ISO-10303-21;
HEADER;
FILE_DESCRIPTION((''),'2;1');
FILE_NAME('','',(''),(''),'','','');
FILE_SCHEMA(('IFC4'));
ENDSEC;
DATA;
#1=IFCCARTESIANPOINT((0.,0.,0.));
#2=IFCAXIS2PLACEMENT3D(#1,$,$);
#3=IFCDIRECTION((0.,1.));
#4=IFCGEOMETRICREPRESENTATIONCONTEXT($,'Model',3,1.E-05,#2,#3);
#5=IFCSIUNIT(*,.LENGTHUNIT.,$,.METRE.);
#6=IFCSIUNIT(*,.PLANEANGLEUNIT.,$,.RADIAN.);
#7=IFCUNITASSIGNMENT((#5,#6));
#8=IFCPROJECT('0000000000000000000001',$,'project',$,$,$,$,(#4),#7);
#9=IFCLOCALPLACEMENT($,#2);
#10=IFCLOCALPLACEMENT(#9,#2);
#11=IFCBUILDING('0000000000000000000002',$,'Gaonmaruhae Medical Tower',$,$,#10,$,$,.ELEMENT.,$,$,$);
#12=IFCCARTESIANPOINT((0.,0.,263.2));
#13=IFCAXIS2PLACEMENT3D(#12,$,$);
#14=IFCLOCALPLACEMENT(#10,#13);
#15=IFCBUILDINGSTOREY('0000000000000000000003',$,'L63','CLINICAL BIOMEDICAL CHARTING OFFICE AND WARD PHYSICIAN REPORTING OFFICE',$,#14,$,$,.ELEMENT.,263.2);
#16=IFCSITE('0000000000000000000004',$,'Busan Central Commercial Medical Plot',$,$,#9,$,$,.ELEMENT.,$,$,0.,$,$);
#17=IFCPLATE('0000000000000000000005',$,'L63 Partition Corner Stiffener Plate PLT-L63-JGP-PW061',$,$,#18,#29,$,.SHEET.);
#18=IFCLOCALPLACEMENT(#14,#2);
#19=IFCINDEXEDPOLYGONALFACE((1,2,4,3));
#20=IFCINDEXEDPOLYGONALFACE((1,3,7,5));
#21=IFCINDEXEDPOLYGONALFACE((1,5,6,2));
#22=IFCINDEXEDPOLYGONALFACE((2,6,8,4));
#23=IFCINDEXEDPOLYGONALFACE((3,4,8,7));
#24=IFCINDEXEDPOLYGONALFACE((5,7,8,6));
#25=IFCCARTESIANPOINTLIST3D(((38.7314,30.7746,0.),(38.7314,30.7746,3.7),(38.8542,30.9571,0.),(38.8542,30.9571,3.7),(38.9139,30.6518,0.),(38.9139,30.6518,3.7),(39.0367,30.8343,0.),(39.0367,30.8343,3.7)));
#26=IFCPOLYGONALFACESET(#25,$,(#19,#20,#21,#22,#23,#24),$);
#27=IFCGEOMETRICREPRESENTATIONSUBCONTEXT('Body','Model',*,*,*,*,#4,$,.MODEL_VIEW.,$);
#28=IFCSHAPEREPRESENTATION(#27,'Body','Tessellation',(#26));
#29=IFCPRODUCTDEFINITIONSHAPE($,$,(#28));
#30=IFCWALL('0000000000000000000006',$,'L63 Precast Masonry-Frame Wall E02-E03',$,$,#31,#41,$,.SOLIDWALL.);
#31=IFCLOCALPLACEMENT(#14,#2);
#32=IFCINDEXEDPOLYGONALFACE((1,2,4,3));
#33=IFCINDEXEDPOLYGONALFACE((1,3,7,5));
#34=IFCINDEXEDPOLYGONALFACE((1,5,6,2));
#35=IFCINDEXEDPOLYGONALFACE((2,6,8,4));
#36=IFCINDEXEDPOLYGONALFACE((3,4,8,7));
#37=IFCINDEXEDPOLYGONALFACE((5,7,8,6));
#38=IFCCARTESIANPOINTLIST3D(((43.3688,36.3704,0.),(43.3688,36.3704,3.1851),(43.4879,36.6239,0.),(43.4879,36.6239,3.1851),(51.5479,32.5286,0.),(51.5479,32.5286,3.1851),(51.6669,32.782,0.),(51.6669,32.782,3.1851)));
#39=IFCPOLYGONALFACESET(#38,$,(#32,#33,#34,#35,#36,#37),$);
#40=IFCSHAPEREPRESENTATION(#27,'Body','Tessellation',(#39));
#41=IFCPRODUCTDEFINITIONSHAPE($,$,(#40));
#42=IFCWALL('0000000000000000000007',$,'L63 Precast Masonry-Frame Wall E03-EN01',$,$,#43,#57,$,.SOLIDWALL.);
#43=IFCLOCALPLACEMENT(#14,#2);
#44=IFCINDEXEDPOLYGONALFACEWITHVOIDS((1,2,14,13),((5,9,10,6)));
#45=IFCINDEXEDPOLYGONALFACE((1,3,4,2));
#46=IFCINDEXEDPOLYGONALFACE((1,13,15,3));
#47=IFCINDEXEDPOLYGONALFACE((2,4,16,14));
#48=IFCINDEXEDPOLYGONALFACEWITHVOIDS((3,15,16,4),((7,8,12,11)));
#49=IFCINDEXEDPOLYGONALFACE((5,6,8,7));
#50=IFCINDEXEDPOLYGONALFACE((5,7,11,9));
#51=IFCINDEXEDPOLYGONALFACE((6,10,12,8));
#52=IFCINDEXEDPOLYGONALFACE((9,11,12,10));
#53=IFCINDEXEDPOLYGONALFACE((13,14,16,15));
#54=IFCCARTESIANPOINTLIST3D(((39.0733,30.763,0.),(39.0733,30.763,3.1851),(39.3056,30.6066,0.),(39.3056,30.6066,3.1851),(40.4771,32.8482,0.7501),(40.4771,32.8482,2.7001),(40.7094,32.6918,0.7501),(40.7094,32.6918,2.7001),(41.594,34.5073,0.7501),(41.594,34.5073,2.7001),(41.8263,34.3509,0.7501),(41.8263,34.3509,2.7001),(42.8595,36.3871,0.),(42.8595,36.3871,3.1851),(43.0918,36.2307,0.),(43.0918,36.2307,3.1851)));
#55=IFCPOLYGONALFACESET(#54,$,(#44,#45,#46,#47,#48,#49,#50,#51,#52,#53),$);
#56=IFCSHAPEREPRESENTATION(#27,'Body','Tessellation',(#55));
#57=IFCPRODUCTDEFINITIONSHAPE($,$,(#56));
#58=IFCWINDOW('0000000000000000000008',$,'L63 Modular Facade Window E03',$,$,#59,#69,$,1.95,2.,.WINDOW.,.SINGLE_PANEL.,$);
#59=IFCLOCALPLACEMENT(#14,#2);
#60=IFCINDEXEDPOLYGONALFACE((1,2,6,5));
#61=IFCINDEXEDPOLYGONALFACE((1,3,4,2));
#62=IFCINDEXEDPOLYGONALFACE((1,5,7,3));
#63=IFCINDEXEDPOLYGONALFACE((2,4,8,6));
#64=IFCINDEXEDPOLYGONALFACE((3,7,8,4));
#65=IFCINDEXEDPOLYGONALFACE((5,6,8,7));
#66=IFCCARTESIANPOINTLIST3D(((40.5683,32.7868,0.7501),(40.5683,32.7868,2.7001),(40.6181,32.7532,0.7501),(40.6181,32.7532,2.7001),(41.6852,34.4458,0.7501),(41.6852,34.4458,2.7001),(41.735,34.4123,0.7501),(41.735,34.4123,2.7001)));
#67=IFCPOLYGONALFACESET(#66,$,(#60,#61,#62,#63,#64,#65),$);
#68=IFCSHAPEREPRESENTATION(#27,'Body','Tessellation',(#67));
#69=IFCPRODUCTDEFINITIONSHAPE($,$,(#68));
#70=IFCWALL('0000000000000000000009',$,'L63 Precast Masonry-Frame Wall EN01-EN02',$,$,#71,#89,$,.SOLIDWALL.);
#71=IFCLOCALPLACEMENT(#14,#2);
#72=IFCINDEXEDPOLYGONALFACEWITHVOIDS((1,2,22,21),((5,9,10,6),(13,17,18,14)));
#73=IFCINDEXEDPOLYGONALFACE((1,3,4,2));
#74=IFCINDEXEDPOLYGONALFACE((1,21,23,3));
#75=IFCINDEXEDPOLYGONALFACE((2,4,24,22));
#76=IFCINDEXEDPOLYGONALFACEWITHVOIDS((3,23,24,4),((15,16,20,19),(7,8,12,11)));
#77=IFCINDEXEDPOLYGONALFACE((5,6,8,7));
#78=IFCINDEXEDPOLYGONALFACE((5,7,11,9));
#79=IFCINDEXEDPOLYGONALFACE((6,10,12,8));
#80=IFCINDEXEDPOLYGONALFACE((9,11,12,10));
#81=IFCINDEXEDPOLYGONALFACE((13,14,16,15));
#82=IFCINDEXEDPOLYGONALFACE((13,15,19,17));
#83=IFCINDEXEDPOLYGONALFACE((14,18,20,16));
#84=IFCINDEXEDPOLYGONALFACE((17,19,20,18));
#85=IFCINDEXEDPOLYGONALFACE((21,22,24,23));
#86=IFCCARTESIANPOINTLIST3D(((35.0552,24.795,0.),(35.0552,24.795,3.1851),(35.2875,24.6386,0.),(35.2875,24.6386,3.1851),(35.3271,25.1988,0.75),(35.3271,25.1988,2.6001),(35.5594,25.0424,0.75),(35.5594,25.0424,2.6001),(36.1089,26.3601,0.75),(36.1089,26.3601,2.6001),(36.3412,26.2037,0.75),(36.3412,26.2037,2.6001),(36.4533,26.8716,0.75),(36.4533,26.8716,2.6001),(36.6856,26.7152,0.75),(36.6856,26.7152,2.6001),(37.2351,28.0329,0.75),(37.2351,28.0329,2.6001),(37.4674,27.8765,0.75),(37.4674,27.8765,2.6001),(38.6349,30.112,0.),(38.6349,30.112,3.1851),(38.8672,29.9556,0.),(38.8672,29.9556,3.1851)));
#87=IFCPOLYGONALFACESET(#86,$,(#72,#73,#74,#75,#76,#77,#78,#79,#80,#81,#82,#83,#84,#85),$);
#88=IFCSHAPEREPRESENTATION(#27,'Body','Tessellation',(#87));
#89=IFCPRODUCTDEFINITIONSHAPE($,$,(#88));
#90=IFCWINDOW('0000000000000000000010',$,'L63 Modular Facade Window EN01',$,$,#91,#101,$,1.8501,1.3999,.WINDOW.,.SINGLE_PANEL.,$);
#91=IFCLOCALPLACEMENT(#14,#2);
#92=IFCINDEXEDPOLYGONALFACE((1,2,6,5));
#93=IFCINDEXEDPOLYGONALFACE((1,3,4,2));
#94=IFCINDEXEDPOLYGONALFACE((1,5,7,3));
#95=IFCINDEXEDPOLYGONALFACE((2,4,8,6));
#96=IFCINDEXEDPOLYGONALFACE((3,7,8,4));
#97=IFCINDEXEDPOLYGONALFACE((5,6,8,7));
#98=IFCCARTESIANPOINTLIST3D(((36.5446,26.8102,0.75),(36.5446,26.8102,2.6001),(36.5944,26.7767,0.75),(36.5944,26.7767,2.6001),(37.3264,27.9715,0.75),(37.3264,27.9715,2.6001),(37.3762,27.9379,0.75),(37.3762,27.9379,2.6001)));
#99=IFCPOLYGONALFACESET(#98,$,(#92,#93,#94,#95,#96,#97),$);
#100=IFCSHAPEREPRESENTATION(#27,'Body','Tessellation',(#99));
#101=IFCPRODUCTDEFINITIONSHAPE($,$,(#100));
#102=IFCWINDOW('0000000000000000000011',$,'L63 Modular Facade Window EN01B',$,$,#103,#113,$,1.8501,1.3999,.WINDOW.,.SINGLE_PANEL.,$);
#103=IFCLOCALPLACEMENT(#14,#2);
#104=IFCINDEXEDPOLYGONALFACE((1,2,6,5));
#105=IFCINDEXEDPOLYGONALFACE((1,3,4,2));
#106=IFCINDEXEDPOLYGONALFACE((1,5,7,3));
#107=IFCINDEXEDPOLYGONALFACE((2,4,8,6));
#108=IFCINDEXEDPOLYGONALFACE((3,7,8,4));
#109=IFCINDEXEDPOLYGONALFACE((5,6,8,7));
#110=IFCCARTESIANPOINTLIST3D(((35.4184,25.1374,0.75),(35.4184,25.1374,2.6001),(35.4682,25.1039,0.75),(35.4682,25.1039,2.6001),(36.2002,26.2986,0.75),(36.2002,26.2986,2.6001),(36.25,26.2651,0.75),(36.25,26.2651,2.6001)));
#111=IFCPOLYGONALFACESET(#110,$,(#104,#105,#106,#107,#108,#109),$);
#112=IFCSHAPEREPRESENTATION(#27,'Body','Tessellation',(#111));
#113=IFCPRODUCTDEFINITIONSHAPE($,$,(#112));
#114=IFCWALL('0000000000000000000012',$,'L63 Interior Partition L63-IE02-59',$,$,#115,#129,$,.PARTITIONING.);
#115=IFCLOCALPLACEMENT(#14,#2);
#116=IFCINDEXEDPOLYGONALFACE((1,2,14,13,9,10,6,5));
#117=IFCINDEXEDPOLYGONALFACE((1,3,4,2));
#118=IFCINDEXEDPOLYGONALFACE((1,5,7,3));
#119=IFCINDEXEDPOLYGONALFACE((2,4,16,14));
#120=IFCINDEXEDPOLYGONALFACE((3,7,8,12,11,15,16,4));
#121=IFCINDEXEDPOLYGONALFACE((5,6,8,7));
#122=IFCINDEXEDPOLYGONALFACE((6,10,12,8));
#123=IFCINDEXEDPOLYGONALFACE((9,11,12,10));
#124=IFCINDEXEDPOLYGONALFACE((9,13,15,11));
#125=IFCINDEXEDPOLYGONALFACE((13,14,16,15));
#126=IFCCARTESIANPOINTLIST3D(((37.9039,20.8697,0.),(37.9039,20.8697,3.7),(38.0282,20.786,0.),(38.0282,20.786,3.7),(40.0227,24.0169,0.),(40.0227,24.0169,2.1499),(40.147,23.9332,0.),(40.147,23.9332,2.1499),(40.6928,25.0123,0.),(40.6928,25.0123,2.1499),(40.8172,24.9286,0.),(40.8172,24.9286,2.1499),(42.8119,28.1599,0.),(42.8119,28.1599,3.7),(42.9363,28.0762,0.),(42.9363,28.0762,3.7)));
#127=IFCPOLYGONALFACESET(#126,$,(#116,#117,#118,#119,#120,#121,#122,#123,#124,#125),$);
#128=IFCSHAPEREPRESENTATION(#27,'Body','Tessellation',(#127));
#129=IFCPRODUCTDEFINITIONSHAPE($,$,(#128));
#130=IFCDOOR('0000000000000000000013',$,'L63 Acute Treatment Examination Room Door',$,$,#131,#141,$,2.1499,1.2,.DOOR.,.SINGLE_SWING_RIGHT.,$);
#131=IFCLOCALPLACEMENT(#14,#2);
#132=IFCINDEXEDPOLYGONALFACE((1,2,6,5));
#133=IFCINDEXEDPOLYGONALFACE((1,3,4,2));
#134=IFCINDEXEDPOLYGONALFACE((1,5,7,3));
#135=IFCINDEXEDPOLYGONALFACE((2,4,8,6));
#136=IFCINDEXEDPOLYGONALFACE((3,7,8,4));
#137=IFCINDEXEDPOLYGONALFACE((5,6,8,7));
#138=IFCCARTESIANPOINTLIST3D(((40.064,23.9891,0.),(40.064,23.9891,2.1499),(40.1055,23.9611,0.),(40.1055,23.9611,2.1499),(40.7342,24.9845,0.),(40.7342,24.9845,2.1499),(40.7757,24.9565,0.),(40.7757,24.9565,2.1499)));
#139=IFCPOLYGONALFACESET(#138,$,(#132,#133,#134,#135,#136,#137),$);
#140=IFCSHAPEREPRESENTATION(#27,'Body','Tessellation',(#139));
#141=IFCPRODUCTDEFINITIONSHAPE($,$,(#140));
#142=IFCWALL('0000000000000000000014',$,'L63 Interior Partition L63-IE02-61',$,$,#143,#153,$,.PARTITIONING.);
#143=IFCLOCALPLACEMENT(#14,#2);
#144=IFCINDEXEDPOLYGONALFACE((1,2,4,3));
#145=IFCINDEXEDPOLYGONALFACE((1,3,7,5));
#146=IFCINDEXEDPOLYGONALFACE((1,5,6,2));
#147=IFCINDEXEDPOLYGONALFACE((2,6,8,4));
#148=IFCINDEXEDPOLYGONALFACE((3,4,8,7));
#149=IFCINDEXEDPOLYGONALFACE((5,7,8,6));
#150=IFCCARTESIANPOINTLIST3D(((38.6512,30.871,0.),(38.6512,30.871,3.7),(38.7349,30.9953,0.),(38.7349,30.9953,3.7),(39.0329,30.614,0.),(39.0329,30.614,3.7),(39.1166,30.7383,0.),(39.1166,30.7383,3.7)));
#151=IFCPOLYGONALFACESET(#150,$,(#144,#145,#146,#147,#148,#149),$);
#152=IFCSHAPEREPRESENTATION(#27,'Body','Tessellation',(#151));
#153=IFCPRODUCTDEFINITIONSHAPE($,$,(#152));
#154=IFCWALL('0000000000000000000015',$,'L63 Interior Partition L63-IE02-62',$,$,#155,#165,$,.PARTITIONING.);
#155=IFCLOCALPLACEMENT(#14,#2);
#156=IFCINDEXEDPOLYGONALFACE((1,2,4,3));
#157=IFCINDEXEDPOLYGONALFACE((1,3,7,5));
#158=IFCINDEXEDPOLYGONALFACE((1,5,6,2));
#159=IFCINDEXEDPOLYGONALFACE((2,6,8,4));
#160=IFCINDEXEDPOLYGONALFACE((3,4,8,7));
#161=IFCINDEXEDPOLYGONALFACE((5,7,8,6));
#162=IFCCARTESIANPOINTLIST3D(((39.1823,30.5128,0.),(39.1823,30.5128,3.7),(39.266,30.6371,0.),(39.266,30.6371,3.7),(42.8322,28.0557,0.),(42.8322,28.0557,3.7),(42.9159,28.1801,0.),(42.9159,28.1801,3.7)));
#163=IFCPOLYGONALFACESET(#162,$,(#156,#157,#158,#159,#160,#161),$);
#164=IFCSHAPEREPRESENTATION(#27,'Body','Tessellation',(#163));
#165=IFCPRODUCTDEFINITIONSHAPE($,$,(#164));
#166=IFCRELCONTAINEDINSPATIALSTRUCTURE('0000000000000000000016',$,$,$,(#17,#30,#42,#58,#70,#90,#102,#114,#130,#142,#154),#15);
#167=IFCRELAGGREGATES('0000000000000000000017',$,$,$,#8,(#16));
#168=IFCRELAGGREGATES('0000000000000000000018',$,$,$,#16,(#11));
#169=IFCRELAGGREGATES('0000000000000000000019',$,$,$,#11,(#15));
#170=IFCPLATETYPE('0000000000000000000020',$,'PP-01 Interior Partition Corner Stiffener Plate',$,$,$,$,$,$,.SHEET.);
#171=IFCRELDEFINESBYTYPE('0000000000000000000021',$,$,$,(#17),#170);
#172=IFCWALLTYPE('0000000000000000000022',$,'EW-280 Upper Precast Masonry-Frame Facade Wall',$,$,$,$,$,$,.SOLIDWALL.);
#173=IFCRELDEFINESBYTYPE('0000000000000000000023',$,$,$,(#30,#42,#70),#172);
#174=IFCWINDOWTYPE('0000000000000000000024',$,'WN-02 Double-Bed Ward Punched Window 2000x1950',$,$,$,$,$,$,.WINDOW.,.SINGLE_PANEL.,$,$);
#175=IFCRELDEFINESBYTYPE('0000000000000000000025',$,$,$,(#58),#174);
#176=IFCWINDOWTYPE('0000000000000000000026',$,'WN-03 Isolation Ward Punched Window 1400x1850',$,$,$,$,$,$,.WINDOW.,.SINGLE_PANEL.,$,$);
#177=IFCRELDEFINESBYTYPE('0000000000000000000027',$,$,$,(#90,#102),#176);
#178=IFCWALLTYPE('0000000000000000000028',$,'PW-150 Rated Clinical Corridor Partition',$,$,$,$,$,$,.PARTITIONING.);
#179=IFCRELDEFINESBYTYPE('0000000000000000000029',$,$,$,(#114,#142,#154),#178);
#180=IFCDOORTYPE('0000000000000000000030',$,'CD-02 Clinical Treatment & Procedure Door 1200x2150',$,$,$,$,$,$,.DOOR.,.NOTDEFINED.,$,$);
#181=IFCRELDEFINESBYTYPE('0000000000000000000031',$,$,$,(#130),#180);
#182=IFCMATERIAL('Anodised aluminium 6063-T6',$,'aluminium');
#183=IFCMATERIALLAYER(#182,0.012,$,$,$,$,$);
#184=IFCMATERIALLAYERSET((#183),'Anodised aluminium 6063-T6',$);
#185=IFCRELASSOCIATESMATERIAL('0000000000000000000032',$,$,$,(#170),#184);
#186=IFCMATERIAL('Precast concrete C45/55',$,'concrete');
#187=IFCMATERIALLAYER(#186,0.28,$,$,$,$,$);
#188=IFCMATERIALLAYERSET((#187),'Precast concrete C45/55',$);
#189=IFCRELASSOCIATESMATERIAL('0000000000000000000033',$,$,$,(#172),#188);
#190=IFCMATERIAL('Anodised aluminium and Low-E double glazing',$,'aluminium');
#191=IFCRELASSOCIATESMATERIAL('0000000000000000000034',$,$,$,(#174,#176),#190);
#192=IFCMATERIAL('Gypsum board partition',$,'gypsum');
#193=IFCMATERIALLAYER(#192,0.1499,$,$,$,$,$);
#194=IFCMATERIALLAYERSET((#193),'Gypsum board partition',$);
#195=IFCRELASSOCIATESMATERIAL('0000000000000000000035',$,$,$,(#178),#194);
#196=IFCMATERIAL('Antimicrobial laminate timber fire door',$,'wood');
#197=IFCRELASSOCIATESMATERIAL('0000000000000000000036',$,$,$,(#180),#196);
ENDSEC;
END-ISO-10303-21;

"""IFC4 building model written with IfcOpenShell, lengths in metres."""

from ifc_helpers import new_model, si_unit, direction, frame, frame_2d, origin, origin_2d, place, context, subcontext, project, spatial, rectangle, extrude, material, layer, layer_set, type_object, element, fill, save


model = new_model("IFC4")

# Units and contexts
model_context = context("Model", 3, precision=1e-05, world=origin(), true_north=direction((0.0, 1.0)))
body_context = subcontext(model_context, "Body", "Model", "MODEL_VIEW")
ifc_project = project(units=[si_unit("LENGTHUNIT", "METRE"), si_unit("PLANEANGLEUNIT", "RADIAN")], contexts=[model_context])

# Site, building, storey
site_placement = place(None, origin())
site = spatial("IfcSite", under=ifc_project, at=site_placement, Name="Busan Central Commercial Medical Plot", CompositionType="ELEMENT", RefElevation=0.0)
building_placement = place(site_placement, origin())
building = spatial("IfcBuilding", under=site, at=building_placement, Name="Gaonmaruhae Medical Tower", CompositionType="ELEMENT")
storey_placement = place(building_placement, frame((0.0, 0.0, 263.2)))
storey = spatial("IfcBuildingStorey", under=building, at=storey_placement, Name="L63", Description="CLINICAL BIOMEDICAL CHARTING OFFICE AND WARD PHYSICIAN REPORTING OFFICE", CompositionType="ELEMENT", Elevation=263.2)

# Plate
ifc_material_1 = material(Name="Anodised aluminium 6063-T6", Category="aluminium")
ifc_layer_1 = layer(ifc_material_1, 0.012)
ifc_layer_set_1 = layer_set([ifc_layer_1], Name="Anodised aluminium 6063-T6")
plate_type = type_object("IfcPlateType", Name="PP-01 Interior Partition Corner Stiffener Plate", PredefinedType="SHEET", material=ifc_layer_set_1)
plate_placement = place(storey_placement, frame((38.884, 30.8044, 0.0), z_axis=(0.0, 0.0, 1.0), x_axis=(0.829701, -0.558209, 0.0)))
element("IfcPlate", 1, at=plate_placement, inside=storey, type_object=plate_type, Name="L63 Partition Corner Stiffener Plate PLT-L63-JGP-PW061", PredefinedType="SHEET", context=body_context, shape_type="SweptSolid", body=[
    extrude(rectangle(XDim=0.22, YDim=0.22, at=origin_2d()), origin(), (0.0, 0.0, 1.0), 3.7),
])

# Wall
ifc_material_2 = material(Name="Precast concrete C45/55", Category="concrete")
ifc_layer_2 = layer(ifc_material_2, 0.28)
ifc_layer_set_2 = layer_set([ifc_layer_2], Name="Precast concrete C45/55")
wall_type_1 = type_object("IfcWallType", Name="EW-280 Upper Precast Masonry-Frame Facade Wall", PredefinedType="SOLIDWALL", material=ifc_layer_set_2)
wall_1_placement = place(storey_placement, frame((43.4285, 36.4971, 0.0), z_axis=(0.0, 0.0, 1.0), x_axis=(0.905122, -0.425152, 0.0)))
element("IfcWall", 2, at=wall_1_placement, inside=storey, type_object=wall_type_1, Name="L63 Precast Masonry-Frame Wall E02-E03", PredefinedType="SOLIDWALL", context=body_context, shape_type="SweptSolid", body=[
    extrude(rectangle(XDim=9.0364, YDim=0.28, at=frame_2d((4.5181, 0.0))), origin(), (0.0, 0.0, 1.0), 3.1851),
])

# Wall, opening, window
wall_2_placement = place(storey_placement, frame((39.1895, 30.6848, 0.0), z_axis=(0.0, 0.0, 1.0), x_axis=(0.558451, 0.829538, 0.0)))
wall_2 = element("IfcWall", 3, at=wall_2_placement, inside=storey, type_object=wall_type_1, Name="L63 Precast Masonry-Frame Wall E03-EN01", PredefinedType="SOLIDWALL", context=body_context, shape_type="SweptSolid", body=[
    extrude(rectangle(XDim=6.7798, YDim=0.28, at=frame_2d((3.3899, 0.0))), origin(), (0.0, 0.0, 1.0), 3.1851),
])
opening_1_placement = place(wall_2_placement, frame((2.5137, 0.0, 0.75)))
opening_1 = element("IfcOpeningElement", 4, at=opening_1_placement, cuts=wall_2, PredefinedType="OPENING", context=body_context, shape_type="SweptSolid", body=[
    extrude(rectangle(XDim=2.0, YDim=1.95, at=frame_2d((1.0, 0.9751))), frame((0.0, 0.1499, 0.0), z_axis=(0.0, -1.0, 0.0), x_axis=(1.0, 0.0, 0.0)), (0.0, 0.0, 1.0), 0.3),
])
ifc_material_3 = material(Name="Anodised aluminium and Low-E double glazing", Category="aluminium")
window_type_1 = type_object("IfcWindowType", Name="WN-02 Double-Bed Ward Punched Window 2000x1950", PartitioningType="SINGLE_PANEL", PredefinedType="WINDOW", material=ifc_material_3)
window_1_placement = place(opening_1_placement, origin())
window_1 = element("IfcWindow", 5, at=window_1_placement, inside=storey, type_object=window_type_1, Name="L63 Modular Facade Window E03", OverallHeight=1.95, OverallWidth=2.0, PartitioningType="SINGLE_PANEL", PredefinedType="WINDOW", context=body_context, shape_type="SweptSolid", body=[
    extrude(rectangle(XDim=2.0, YDim=1.95, at=frame_2d((1.0, 0.9751))), frame((0.0, 0.03, 0.0), z_axis=(0.0, -1.0, 0.0), x_axis=(1.0, 0.0, 0.0)), (0.0, 0.0, 1.0), 0.0601),
])
fill(opening_1, window_1)

# Wall, openings, windows
wall_3_placement = place(storey_placement, frame((35.1714, 24.7168, 0.0), z_axis=(0.0, 0.0, 1.0), x_axis=(0.558474, 0.829522, 0.0)))
wall_3 = element("IfcWall", 6, at=wall_3_placement, inside=storey, type_object=wall_type_1, Name="L63 Precast Masonry-Frame Wall EN01-EN02", PredefinedType="SOLIDWALL", context=body_context, shape_type="SweptSolid", body=[
    extrude(rectangle(XDim=6.4097, YDim=0.28, at=frame_2d((3.2048, 0.0))), origin(), (0.0, 0.0, 1.0), 3.1851),
])
opening_2_placement = place(wall_3_placement, frame((2.5034, 0.0, 0.75)))
opening_2 = element("IfcOpeningElement", 7, at=opening_2_placement, cuts=wall_3, PredefinedType="OPENING", context=body_context, shape_type="SweptSolid", body=[
    extrude(rectangle(XDim=1.3999, YDim=1.8501, at=frame_2d((0.7, 0.925))), frame((0.0, 0.1499, 0.0), z_axis=(0.0, -1.0, 0.0), x_axis=(1.0, 0.0, 0.0)), (0.0, 0.0, 1.0), 0.3),
])
opening_3_placement = place(wall_3_placement, frame((0.4868, 0.0, 0.75)))
opening_3 = element("IfcOpeningElement", 8, at=opening_3_placement, cuts=wall_3, PredefinedType="OPENING", context=body_context, shape_type="SweptSolid", body=[
    extrude(rectangle(XDim=1.3999, YDim=1.8501, at=frame_2d((0.7, 0.925))), frame((0.0, 0.1499, 0.0), z_axis=(0.0, -1.0, 0.0), x_axis=(1.0, 0.0, 0.0)), (0.0, 0.0, 1.0), 0.3),
])
window_type_2 = type_object("IfcWindowType", Name="WN-03 Isolation Ward Punched Window 1400x1850", PartitioningType="SINGLE_PANEL", PredefinedType="WINDOW", material=ifc_material_3)
window_2_placement = place(opening_2_placement, origin())
window_2 = element("IfcWindow", 9, at=window_2_placement, inside=storey, type_object=window_type_2, Name="L63 Modular Facade Window EN01", OverallHeight=1.8501, OverallWidth=1.3999, PartitioningType="SINGLE_PANEL", PredefinedType="WINDOW", context=body_context, shape_type="SweptSolid", body=[
    extrude(rectangle(XDim=1.3999, YDim=1.8501, at=frame_2d((0.7, 0.925))), frame((0.0, 0.03, 0.0), z_axis=(0.0, -1.0, 0.0), x_axis=(1.0, 0.0, 0.0)), (0.0, 0.0, 1.0), 0.0601),
])
fill(opening_2, window_2)
window_3_placement = place(opening_3_placement, origin())
window_3 = element("IfcWindow", 10, at=window_3_placement, inside=storey, type_object=window_type_2, Name="L63 Modular Facade Window EN01B", OverallHeight=1.8501, OverallWidth=1.3999, PartitioningType="SINGLE_PANEL", PredefinedType="WINDOW", context=body_context, shape_type="SweptSolid", body=[
    extrude(rectangle(XDim=1.3999, YDim=1.8501, at=frame_2d((0.7, 0.925))), frame((0.0, 0.03, 0.0), z_axis=(0.0, -1.0, 0.0), x_axis=(1.0, 0.0, 0.0)), (0.0, 0.0, 1.0), 0.0601),
])
fill(opening_3, window_3)

# Wall, opening, door
ifc_material_4 = material(Name="Gypsum board partition", Category="gypsum")
ifc_layer_3 = layer(ifc_material_4, 0.1499)
ifc_layer_set_3 = layer_set([ifc_layer_3], Name="Gypsum board partition")
wall_type_2 = type_object("IfcWallType", Name="PW-150 Rated Clinical Corridor Partition", PredefinedType="PARTITIONING", material=ifc_layer_set_3)
wall_4_placement = place(storey_placement, frame((42.874, 28.1179, 0.0), z_axis=(0.0, 0.0, 1.0), x_axis=(-0.55847, -0.829524, 0.0)))
wall_4 = element("IfcWall", 11, at=wall_4_placement, inside=storey, type_object=wall_type_2, Name="L63 Interior Partition L63-IE02-59", PredefinedType="PARTITIONING", context=body_context, shape_type="SweptSolid", body=[
    extrude(rectangle(XDim=8.7883, YDim=0.1499, at=frame_2d((4.394, 0.0))), origin(), (0.0, 0.0, 1.0), 3.7),
])
opening_4_placement = place(wall_4_placement, frame((3.7942, 0.0, 0.0)))
opening_4 = element("IfcOpeningElement", 12, at=opening_4_placement, cuts=wall_4, PredefinedType="OPENING", context=body_context, shape_type="SweptSolid", body=[
    extrude(rectangle(XDim=1.2, YDim=2.1499, at=frame_2d((0.6001, 1.075))), frame((0.0, 0.085, 0.0), z_axis=(0.0, -1.0, 0.0), x_axis=(1.0, 0.0, 0.0)), (0.0, 0.0, 1.0), 0.1699),
])
ifc_material_5 = material(Name="Antimicrobial laminate timber fire door", Category="wood")
door_type = type_object("IfcDoorType", Name="CD-02 Clinical Treatment & Procedure Door 1200x2150", OperationType="NOTDEFINED", PredefinedType="DOOR", material=ifc_material_5)
door_placement = place(opening_4_placement, origin())
door = element("IfcDoor", 13, at=door_placement, inside=storey, type_object=door_type, Name="L63 Acute Treatment Examination Room Door", OperationType="SINGLE_SWING_RIGHT", OverallHeight=2.1499, OverallWidth=1.2, PredefinedType="DOOR", context=body_context, shape_type="SweptSolid", body=[
    extrude(rectangle(XDim=1.2, YDim=2.1499, at=frame_2d((0.6001, 1.075))), frame((0.0, 0.0249, 0.0), z_axis=(0.0, -1.0, 0.0), x_axis=(1.0, 0.0, 0.0)), (0.0, 0.0, 1.0), 0.05),
])
fill(opening_4, door)

# Walls
wall_5_placement = place(storey_placement, frame((38.6931, 30.9331, 0.0), z_axis=(0.0, 0.0, 1.0), x_axis=(0.829512, -0.558489, 0.0)))
element("IfcWall", 14, at=wall_5_placement, inside=storey, type_object=wall_type_2, Name="L63 Interior Partition L63-IE02-61", PredefinedType="PARTITIONING", context=body_context, shape_type="SweptSolid", body=[
    extrude(rectangle(XDim=0.4602, YDim=0.1499, at=frame_2d((0.23, 0.0))), origin(), (0.0, 0.0, 1.0), 3.7),
])
wall_6_placement = place(storey_placement, frame((39.2241, 30.575, 0.0), z_axis=(0.0, 0.0, 1.0), x_axis=(0.829549, -0.558434, 0.0)))
element("IfcWall", 15, at=wall_6_placement, inside=storey, type_object=wall_type_2, Name="L63 Interior Partition L63-IE02-62", PredefinedType="PARTITIONING", context=body_context, shape_type="SweptSolid", body=[
    extrude(rectangle(XDim=4.3999, YDim=0.1499, at=frame_2d((2.2, 0.0))), origin(), (0.0, 0.0, 1.0), 3.7),
])

save(model, "model.ifc")
